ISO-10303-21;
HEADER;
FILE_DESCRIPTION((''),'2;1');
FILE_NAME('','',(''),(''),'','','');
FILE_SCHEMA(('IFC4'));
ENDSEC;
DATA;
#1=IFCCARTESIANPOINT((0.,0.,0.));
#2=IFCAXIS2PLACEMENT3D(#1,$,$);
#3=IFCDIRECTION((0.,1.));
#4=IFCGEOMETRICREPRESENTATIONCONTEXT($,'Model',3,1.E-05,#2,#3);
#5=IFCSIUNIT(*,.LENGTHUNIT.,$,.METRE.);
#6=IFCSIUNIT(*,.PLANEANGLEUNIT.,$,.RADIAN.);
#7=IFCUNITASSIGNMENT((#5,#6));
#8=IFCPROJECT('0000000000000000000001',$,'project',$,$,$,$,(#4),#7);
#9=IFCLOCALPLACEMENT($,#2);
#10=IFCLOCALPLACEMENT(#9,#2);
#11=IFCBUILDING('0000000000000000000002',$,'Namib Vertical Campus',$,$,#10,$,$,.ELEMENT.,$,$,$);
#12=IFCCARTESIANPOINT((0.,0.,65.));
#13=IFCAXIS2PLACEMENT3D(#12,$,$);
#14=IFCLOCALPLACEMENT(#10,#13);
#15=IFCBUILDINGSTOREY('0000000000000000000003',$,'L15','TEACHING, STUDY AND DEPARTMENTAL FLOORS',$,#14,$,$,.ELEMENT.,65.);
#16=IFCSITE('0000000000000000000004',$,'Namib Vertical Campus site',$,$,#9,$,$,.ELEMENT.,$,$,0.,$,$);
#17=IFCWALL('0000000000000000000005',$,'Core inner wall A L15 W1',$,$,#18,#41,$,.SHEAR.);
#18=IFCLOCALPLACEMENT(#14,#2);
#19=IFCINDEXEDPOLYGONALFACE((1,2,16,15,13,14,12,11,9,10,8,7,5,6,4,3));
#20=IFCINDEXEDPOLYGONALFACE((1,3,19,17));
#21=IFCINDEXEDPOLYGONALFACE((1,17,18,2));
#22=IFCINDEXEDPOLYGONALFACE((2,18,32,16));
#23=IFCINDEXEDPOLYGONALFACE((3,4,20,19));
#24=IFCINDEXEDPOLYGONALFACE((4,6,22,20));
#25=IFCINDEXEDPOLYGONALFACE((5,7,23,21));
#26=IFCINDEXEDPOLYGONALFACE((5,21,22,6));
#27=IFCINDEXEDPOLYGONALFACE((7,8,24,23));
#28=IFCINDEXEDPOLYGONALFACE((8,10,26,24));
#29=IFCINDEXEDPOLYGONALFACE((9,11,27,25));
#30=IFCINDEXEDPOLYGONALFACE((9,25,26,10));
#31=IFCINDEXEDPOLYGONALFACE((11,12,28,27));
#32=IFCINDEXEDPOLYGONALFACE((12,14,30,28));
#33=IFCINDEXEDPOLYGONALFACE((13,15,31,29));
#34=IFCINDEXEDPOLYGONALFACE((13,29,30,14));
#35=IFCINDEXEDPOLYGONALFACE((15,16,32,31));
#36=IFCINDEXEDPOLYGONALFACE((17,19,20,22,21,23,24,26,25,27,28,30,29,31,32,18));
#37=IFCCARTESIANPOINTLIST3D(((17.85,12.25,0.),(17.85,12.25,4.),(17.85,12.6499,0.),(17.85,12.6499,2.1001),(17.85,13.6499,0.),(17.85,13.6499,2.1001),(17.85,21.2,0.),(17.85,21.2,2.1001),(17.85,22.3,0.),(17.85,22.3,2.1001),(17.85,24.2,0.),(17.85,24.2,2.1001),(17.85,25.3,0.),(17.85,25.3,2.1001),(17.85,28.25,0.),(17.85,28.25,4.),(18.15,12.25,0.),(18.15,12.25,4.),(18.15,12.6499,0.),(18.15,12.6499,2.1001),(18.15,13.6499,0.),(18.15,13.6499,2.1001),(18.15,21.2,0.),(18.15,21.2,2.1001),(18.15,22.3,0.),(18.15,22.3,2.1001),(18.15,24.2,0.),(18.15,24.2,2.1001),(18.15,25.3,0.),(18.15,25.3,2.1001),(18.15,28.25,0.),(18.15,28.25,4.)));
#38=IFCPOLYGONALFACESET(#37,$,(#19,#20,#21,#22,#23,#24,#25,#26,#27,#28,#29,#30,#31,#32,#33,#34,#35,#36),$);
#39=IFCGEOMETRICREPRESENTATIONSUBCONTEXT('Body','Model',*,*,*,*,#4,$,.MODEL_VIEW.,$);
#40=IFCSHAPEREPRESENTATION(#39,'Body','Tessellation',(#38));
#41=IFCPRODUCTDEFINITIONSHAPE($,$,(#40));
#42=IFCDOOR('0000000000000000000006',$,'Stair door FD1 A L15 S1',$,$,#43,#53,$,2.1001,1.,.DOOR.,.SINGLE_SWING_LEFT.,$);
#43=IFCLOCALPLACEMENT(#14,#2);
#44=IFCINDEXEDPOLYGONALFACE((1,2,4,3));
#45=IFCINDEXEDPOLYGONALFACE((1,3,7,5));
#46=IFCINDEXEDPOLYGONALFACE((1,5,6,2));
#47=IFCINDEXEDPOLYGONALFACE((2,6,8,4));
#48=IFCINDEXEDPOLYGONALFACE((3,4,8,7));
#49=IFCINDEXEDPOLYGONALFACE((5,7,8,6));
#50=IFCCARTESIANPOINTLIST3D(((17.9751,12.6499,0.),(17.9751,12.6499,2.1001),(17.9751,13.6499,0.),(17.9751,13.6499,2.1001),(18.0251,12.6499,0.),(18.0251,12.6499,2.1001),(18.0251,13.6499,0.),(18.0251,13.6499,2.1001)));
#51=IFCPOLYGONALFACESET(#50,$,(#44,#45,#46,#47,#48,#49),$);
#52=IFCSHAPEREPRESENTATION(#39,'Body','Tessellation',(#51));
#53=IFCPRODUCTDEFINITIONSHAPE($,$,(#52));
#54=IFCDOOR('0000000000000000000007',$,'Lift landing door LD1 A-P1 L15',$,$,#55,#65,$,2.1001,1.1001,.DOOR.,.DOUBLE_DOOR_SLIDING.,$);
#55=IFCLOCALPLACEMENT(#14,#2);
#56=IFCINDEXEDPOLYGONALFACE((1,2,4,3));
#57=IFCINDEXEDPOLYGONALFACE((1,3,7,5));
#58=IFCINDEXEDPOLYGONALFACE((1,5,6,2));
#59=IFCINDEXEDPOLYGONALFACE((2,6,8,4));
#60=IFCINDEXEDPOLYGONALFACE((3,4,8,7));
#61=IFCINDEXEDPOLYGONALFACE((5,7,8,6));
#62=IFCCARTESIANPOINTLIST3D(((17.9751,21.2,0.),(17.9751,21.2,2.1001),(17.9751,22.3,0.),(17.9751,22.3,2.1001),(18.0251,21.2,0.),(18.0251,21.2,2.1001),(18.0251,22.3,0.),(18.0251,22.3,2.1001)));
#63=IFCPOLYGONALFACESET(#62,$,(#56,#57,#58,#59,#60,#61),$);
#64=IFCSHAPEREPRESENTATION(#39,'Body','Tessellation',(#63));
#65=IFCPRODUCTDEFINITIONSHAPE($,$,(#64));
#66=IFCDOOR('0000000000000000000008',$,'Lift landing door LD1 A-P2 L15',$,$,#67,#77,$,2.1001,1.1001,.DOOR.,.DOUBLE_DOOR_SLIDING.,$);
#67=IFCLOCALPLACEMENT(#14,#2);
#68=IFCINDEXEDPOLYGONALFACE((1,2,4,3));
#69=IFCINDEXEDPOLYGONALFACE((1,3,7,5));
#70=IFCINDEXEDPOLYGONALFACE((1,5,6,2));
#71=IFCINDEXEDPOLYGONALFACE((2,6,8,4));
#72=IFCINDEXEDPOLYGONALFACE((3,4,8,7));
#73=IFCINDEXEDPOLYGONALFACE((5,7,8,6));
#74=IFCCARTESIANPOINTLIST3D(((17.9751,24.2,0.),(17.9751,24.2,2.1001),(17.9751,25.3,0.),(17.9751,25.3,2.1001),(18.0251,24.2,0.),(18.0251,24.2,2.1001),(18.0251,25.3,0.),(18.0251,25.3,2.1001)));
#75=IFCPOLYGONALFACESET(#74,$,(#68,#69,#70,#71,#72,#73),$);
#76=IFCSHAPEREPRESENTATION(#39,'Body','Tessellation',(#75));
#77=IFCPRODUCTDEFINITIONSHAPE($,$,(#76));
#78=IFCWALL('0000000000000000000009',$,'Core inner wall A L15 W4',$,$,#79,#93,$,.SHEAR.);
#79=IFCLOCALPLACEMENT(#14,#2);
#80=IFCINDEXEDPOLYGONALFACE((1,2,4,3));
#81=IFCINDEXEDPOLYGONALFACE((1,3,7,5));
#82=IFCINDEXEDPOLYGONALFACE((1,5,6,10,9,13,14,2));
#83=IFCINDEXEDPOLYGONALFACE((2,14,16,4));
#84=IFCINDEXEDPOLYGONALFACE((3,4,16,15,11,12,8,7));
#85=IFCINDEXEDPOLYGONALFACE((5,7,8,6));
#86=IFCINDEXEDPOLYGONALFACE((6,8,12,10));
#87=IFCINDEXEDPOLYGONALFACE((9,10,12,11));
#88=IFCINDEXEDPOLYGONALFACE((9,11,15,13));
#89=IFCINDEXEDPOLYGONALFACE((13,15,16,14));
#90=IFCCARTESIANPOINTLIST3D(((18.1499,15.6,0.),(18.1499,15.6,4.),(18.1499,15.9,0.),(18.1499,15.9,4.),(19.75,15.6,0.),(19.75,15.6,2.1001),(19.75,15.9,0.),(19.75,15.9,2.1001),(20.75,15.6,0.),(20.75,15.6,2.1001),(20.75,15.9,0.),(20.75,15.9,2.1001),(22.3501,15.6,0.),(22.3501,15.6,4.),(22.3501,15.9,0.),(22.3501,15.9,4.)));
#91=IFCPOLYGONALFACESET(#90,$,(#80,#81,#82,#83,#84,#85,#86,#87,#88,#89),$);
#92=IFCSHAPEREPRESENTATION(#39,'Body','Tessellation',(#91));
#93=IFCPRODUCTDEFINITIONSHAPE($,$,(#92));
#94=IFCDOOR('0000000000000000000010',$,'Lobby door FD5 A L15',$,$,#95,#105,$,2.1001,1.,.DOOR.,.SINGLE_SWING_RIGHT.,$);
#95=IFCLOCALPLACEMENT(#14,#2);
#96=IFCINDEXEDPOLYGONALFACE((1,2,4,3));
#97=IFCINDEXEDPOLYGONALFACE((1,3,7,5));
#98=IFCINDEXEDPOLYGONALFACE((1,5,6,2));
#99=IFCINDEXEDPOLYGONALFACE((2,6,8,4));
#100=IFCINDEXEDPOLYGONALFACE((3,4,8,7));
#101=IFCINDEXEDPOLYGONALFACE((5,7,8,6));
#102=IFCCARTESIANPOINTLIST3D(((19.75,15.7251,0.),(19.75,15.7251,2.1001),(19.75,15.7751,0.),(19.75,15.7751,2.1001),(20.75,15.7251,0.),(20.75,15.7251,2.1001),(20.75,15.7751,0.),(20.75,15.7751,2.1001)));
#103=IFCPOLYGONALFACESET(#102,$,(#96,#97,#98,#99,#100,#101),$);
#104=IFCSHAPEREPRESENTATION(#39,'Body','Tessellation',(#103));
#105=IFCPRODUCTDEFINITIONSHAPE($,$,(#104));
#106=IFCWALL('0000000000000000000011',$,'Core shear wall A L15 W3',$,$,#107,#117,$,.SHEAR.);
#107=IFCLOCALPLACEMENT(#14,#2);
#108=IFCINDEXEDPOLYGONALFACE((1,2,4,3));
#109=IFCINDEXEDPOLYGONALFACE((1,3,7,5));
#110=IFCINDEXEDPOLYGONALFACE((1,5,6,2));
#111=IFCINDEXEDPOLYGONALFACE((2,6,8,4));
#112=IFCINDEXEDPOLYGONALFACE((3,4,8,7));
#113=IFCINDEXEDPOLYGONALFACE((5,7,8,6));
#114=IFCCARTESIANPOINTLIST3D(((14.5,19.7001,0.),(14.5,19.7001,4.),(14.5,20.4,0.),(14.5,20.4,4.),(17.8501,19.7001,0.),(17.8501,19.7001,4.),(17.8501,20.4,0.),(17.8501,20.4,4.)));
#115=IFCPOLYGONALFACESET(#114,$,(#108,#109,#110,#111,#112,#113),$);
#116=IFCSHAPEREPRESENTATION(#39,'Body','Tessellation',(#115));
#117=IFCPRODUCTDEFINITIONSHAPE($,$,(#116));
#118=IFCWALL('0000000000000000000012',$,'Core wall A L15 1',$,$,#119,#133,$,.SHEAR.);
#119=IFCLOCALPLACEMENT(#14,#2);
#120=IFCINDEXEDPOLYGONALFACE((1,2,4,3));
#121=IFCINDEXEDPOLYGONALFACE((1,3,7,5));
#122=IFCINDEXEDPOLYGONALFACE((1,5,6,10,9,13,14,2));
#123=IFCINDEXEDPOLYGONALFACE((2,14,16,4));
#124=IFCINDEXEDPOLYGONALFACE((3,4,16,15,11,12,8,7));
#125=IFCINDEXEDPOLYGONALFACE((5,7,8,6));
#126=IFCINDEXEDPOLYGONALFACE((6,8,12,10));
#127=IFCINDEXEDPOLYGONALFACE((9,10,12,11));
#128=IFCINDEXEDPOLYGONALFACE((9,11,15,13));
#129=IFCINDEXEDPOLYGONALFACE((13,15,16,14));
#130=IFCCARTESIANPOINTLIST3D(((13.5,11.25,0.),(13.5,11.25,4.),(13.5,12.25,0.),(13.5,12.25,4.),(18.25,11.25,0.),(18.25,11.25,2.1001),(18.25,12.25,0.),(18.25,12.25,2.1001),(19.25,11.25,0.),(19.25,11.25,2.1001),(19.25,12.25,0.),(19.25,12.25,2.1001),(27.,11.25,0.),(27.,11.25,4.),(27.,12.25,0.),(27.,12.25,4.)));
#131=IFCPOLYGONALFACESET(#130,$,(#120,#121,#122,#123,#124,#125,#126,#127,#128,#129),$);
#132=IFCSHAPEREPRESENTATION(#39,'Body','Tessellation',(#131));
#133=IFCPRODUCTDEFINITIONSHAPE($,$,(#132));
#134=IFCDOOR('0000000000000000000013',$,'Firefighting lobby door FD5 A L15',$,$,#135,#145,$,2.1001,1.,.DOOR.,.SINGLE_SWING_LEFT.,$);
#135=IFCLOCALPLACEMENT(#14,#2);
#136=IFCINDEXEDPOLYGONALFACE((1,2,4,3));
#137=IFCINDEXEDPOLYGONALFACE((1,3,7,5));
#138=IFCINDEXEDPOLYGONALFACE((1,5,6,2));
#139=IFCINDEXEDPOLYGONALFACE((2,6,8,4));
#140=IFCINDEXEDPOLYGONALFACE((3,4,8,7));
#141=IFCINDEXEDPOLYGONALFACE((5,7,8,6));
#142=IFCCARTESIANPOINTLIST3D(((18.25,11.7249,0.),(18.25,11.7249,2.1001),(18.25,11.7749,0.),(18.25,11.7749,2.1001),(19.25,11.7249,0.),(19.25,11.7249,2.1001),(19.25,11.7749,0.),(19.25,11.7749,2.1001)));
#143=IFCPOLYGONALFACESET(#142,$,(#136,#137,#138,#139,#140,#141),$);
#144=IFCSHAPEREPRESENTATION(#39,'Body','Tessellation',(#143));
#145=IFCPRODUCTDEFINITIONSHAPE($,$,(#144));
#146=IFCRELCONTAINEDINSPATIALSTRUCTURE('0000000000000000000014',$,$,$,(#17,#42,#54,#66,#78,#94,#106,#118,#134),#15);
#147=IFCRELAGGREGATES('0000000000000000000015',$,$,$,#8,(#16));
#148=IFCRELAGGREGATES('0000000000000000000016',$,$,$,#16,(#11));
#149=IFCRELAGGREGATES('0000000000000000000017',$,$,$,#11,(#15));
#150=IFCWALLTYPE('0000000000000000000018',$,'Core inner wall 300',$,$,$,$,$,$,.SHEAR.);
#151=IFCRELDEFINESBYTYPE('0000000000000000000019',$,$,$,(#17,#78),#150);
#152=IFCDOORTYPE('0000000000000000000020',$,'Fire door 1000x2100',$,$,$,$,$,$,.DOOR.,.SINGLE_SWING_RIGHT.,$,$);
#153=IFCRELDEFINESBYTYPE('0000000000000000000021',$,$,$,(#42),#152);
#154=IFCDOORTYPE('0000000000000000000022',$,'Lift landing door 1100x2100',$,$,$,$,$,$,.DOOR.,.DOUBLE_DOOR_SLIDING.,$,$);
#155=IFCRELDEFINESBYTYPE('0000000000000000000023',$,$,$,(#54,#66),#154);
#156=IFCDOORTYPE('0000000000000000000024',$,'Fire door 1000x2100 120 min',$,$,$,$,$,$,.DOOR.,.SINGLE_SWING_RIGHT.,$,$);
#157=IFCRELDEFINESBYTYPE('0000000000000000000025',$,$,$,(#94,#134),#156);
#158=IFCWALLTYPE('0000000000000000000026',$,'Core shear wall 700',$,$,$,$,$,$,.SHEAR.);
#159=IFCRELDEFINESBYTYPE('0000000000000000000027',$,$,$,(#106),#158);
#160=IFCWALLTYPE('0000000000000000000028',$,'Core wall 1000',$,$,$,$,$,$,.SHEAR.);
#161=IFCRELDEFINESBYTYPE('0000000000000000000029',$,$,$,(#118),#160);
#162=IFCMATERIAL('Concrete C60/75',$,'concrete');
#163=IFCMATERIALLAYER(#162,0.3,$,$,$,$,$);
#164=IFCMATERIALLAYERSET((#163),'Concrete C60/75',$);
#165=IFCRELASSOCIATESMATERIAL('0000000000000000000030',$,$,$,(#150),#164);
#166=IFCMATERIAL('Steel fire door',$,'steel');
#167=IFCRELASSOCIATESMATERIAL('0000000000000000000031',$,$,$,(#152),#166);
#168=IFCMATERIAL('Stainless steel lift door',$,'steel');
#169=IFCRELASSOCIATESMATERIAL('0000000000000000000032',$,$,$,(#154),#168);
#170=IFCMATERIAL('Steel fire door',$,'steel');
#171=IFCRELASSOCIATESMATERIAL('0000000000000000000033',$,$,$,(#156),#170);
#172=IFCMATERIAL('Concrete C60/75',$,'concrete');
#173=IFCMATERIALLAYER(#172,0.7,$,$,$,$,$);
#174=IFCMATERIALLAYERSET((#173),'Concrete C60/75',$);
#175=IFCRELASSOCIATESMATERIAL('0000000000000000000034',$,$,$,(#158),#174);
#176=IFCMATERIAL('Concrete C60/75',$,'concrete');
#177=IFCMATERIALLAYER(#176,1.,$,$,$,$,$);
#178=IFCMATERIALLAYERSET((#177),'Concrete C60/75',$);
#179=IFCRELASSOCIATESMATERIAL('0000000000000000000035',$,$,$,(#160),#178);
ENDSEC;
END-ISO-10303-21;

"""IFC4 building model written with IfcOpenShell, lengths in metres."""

from ifc_helpers import new_model, si_unit, direction, frame, frame_2d, origin, place, context, subcontext, project, spatial, rectangle, extrude, material, layer, layer_set, type_object, element, fill, save


model = new_model("IFC4")

# Units and contexts
model_context = context("Model", 3, precision=1e-05, world=origin(), true_north=direction((0.0, 1.0)))
body_context = subcontext(model_context, "Body", "Model", "MODEL_VIEW")
ifc_project = project(units=[si_unit("LENGTHUNIT", "METRE"), si_unit("PLANEANGLEUNIT", "RADIAN")], contexts=[model_context])

# Site, building, storey
site_placement = place(None, origin())
site = spatial("IfcSite", under=ifc_project, at=site_placement, Name="Namib Vertical Campus site", CompositionType="ELEMENT", RefElevation=0.0)
building_placement = place(site_placement, origin())
building = spatial("IfcBuilding", under=site, at=building_placement, Name="Namib Vertical Campus", CompositionType="ELEMENT")
storey_placement = place(building_placement, frame((0.0, 0.0, 65.0)))
storey = spatial("IfcBuildingStorey", under=building, at=storey_placement, Name="L15", Description="TEACHING, STUDY AND DEPARTMENTAL FLOORS", CompositionType="ELEMENT", Elevation=65.0)

# Wall, openings, doors
ifc_material_1 = material(Name="Concrete C60/75", Category="concrete")
ifc_layer_1 = layer(ifc_material_1, 0.3)
ifc_layer_set_1 = layer_set([ifc_layer_1], Name="Concrete C60/75")
wall_type_1 = type_object("IfcWallType", Name="Core inner wall 300", PredefinedType="SHEAR", material=ifc_layer_set_1)
wall_1_placement = place(storey_placement, frame((18.0, 12.25, 0.0), z_axis=(0.0, 0.0, 1.0), x_axis=(0.0, 1.0, 0.0)))
wall_1 = element("IfcWall", 1, at=wall_1_placement, inside=storey, type_object=wall_type_1, Name="Core inner wall A L15 W1", PredefinedType="SHEAR", context=body_context, shape_type="SweptSolid", body=[
    extrude(rectangle(XDim=16.0, YDim=0.3, at=frame_2d((8.0, 0.0))), origin(), (0.0, 0.0, 1.0), 4.0),
])
opening_1_placement = place(wall_1_placement, frame((0.3999, 0.0, 0.0)))
opening_1 = element("IfcOpeningElement", 2, at=opening_1_placement, cuts=wall_1, PredefinedType="OPENING", context=body_context, shape_type="SweptSolid", body=[
    extrude(rectangle(XDim=1.0, YDim=2.1001, at=frame_2d((0.5, 1.05))), frame((0.0, 0.1599, 0.0), z_axis=(0.0, -1.0, 0.0), x_axis=(1.0, 0.0, 0.0)), (0.0, 0.0, 1.0), 0.3201),
])
opening_2_placement = place(wall_1_placement, frame((8.95, 0.0, 0.0)))
opening_2 = element("IfcOpeningElement", 3, at=opening_2_placement, cuts=wall_1, PredefinedType="OPENING", context=body_context, shape_type="SweptSolid", body=[
    extrude(rectangle(XDim=1.1001, YDim=2.1001, at=frame_2d((0.55, 1.05))), frame((0.0, 0.1599, 0.0), z_axis=(0.0, -1.0, 0.0), x_axis=(1.0, 0.0, 0.0)), (0.0, 0.0, 1.0), 0.3201),
])
opening_3_placement = place(wall_1_placement, frame((11.95, 0.0, 0.0)))
opening_3 = element("IfcOpeningElement", 4, at=opening_3_placement, cuts=wall_1, PredefinedType="OPENING", context=body_context, shape_type="SweptSolid", body=[
    extrude(rectangle(XDim=1.1001, YDim=2.1001, at=frame_2d((0.55, 1.05))), frame((0.0, 0.1599, 0.0), z_axis=(0.0, -1.0, 0.0), x_axis=(1.0, 0.0, 0.0)), (0.0, 0.0, 1.0), 0.3201),
])
ifc_material_2 = material(Name="Steel fire door", Category="steel")
door_type_1 = type_object("IfcDoorType", Name="Fire door 1000x2100", OperationType="SINGLE_SWING_RIGHT", PredefinedType="DOOR", material=ifc_material_2)
door_1_placement = place(opening_1_placement, origin())
door_1 = element("IfcDoor", 5, at=door_1_placement, inside=storey, type_object=door_type_1, Name="Stair door FD1 A L15 S1", OperationType="SINGLE_SWING_LEFT", OverallHeight=2.1001, OverallWidth=1.0, PredefinedType="DOOR", context=body_context, shape_type="SweptSolid", body=[
    extrude(rectangle(XDim=1.0, YDim=2.1001, at=frame_2d((0.5, 1.05))), frame((0.0, 0.0249, 0.0), z_axis=(0.0, -1.0, 0.0), x_axis=(1.0, 0.0, 0.0)), (0.0, 0.0, 1.0), 0.05),
])
fill(opening_1, door_1)
ifc_material_3 = material(Name="Stainless steel lift door", Category="steel")
door_type_2 = type_object("IfcDoorType", Name="Lift landing door 1100x2100", OperationType="DOUBLE_DOOR_SLIDING", PredefinedType="DOOR", material=ifc_material_3)
door_2_placement = place(opening_2_placement, origin())
door_2 = element("IfcDoor", 6, at=door_2_placement, inside=storey, type_object=door_type_2, Name="Lift landing door LD1 A-P1 L15", OperationType="DOUBLE_DOOR_SLIDING", OverallHeight=2.1001, OverallWidth=1.1001, PredefinedType="DOOR", context=body_context, shape_type="SweptSolid", body=[
    extrude(rectangle(XDim=1.1001, YDim=2.1001, at=frame_2d((0.55, 1.05))), frame((0.0, 0.0249, 0.0), z_axis=(0.0, -1.0, 0.0), x_axis=(1.0, 0.0, 0.0)), (0.0, 0.0, 1.0), 0.05),
])
fill(opening_2, door_2)
door_3_placement = place(opening_3_placement, origin())
door_3 = element("IfcDoor", 7, at=door_3_placement, inside=storey, type_object=door_type_2, Name="Lift landing door LD1 A-P2 L15", OperationType="DOUBLE_DOOR_SLIDING", OverallHeight=2.1001, OverallWidth=1.1001, PredefinedType="DOOR", context=body_context, shape_type="SweptSolid", body=[
    extrude(rectangle(XDim=1.1001, YDim=2.1001, at=frame_2d((0.55, 1.05))), frame((0.0, 0.0249, 0.0), z_axis=(0.0, -1.0, 0.0), x_axis=(1.0, 0.0, 0.0)), (0.0, 0.0, 1.0), 0.05),
])
fill(opening_3, door_3)

# Wall, opening, door
wall_2_placement = place(storey_placement, frame((18.1499, 15.75, 0.0), z_axis=(0.0, 0.0, 1.0), x_axis=(1.0, 0.0, 0.0)))
wall_2 = element("IfcWall", 8, at=wall_2_placement, inside=storey, type_object=wall_type_1, Name="Core inner wall A L15 W4", PredefinedType="SHEAR", context=body_context, shape_type="SweptSolid", body=[
    extrude(rectangle(XDim=4.2002, YDim=0.3, at=frame_2d((2.1001, 0.0))), origin(), (0.0, 0.0, 1.0), 4.0),
])
opening_4_placement = place(wall_2_placement, frame((1.6001, 0.0, 0.0)))
opening_4 = element("IfcOpeningElement", 9, at=opening_4_placement, cuts=wall_2, PredefinedType="OPENING", context=body_context, shape_type="SweptSolid", body=[
    extrude(rectangle(XDim=1.0, YDim=2.1001, at=frame_2d((0.5, 1.05))), frame((0.0, 0.1599, 0.0), z_axis=(0.0, -1.0, 0.0), x_axis=(1.0, 0.0, 0.0)), (0.0, 0.0, 1.0), 0.3201),
])
ifc_material_4 = material(Name="Steel fire door", Category="steel")
door_type_3 = type_object("IfcDoorType", Name="Fire door 1000x2100 120 min", OperationType="SINGLE_SWING_RIGHT", PredefinedType="DOOR", material=ifc_material_4)
door_4_placement = place(opening_4_placement, frame((1.0, 0.0, 0.0), z_axis=(0.0, 0.0, 1.0), x_axis=(-1.0, 0.0, 0.0)))
door_4 = element("IfcDoor", 10, at=door_4_placement, inside=storey, type_object=door_type_3, Name="Lobby door FD5 A L15", OperationType="SINGLE_SWING_RIGHT", OverallHeight=2.1001, OverallWidth=1.0, PredefinedType="DOOR", context=body_context, shape_type="SweptSolid", body=[
    extrude(rectangle(XDim=1.0, YDim=2.1001, at=frame_2d((0.5, 1.05))), frame((0.0, 0.0249, 0.0), z_axis=(0.0, -1.0, 0.0), x_axis=(1.0, 0.0, 0.0)), (0.0, 0.0, 1.0), 0.05),
])
fill(opening_4, door_4)

# Wall
ifc_material_5 = material(Name="Concrete C60/75", Category="concrete")
ifc_layer_2 = layer(ifc_material_5, 0.7)
ifc_layer_set_2 = layer_set([ifc_layer_2], Name="Concrete C60/75")
wall_type_2 = type_object("IfcWallType", Name="Core shear wall 700", PredefinedType="SHEAR", material=ifc_layer_set_2)
wall_3_placement = place(storey_placement, frame((14.5, 20.05, 0.0), z_axis=(0.0, 0.0, 1.0), x_axis=(1.0, 0.0, 0.0)))
element("IfcWall", 11, at=wall_3_placement, inside=storey, type_object=wall_type_2, Name="Core shear wall A L15 W3", PredefinedType="SHEAR", context=body_context, shape_type="SweptSolid", body=[
    extrude(rectangle(XDim=3.3501, YDim=0.7, at=frame_2d((1.675, 0.0))), origin(), (0.0, 0.0, 1.0), 4.0),
])

# Wall, opening, door
ifc_material_6 = material(Name="Concrete C60/75", Category="concrete")
ifc_layer_3 = layer(ifc_material_6, 1.0)
ifc_layer_set_3 = layer_set([ifc_layer_3], Name="Concrete C60/75")
wall_type_3 = type_object("IfcWallType", Name="Core wall 1000", PredefinedType="SHEAR", material=ifc_layer_set_3)
wall_4_placement = place(storey_placement, frame((13.5, 11.75, 0.0), z_axis=(0.0, 0.0, 1.0), x_axis=(1.0, 0.0, 0.0)))
wall_4 = element("IfcWall", 12, at=wall_4_placement, inside=storey, type_object=wall_type_3, Name="Core wall A L15 1", PredefinedType="SHEAR", context=body_context, shape_type="SweptSolid", body=[
    extrude(rectangle(XDim=13.5, YDim=1.0, at=frame_2d((6.75, 0.0))), origin(), (0.0, 0.0, 1.0), 4.0),
])
opening_5_placement = place(wall_4_placement, frame((4.75, 0.0, 0.0)))
opening_5 = element("IfcOpeningElement", 13, at=opening_5_placement, cuts=wall_4, PredefinedType="OPENING", context=body_context, shape_type="SweptSolid", body=[
    extrude(rectangle(XDim=1.0, YDim=2.1001, at=frame_2d((0.5, 1.05))), frame((0.0, 0.51, 0.0), z_axis=(0.0, -1.0, 0.0), x_axis=(1.0, 0.0, 0.0)), (0.0, 0.0, 1.0), 1.02),
])
door_5_placement = place(opening_5_placement, origin())
door_5 = element("IfcDoor", 14, at=door_5_placement, inside=storey, type_object=door_type_3, Name="Firefighting lobby door FD5 A L15", OperationType="SINGLE_SWING_LEFT", OverallHeight=2.1001, OverallWidth=1.0, PredefinedType="DOOR", context=body_context, shape_type="SweptSolid", body=[
    extrude(rectangle(XDim=1.0, YDim=2.1001, at=frame_2d((0.5, 1.05))), frame((0.0, 0.0249, 0.0), z_axis=(0.0, -1.0, 0.0), x_axis=(1.0, 0.0, 0.0)), (0.0, 0.0, 1.0), 0.05),
])
fill(opening_5, door_5)

save(model, "model.ifc")
